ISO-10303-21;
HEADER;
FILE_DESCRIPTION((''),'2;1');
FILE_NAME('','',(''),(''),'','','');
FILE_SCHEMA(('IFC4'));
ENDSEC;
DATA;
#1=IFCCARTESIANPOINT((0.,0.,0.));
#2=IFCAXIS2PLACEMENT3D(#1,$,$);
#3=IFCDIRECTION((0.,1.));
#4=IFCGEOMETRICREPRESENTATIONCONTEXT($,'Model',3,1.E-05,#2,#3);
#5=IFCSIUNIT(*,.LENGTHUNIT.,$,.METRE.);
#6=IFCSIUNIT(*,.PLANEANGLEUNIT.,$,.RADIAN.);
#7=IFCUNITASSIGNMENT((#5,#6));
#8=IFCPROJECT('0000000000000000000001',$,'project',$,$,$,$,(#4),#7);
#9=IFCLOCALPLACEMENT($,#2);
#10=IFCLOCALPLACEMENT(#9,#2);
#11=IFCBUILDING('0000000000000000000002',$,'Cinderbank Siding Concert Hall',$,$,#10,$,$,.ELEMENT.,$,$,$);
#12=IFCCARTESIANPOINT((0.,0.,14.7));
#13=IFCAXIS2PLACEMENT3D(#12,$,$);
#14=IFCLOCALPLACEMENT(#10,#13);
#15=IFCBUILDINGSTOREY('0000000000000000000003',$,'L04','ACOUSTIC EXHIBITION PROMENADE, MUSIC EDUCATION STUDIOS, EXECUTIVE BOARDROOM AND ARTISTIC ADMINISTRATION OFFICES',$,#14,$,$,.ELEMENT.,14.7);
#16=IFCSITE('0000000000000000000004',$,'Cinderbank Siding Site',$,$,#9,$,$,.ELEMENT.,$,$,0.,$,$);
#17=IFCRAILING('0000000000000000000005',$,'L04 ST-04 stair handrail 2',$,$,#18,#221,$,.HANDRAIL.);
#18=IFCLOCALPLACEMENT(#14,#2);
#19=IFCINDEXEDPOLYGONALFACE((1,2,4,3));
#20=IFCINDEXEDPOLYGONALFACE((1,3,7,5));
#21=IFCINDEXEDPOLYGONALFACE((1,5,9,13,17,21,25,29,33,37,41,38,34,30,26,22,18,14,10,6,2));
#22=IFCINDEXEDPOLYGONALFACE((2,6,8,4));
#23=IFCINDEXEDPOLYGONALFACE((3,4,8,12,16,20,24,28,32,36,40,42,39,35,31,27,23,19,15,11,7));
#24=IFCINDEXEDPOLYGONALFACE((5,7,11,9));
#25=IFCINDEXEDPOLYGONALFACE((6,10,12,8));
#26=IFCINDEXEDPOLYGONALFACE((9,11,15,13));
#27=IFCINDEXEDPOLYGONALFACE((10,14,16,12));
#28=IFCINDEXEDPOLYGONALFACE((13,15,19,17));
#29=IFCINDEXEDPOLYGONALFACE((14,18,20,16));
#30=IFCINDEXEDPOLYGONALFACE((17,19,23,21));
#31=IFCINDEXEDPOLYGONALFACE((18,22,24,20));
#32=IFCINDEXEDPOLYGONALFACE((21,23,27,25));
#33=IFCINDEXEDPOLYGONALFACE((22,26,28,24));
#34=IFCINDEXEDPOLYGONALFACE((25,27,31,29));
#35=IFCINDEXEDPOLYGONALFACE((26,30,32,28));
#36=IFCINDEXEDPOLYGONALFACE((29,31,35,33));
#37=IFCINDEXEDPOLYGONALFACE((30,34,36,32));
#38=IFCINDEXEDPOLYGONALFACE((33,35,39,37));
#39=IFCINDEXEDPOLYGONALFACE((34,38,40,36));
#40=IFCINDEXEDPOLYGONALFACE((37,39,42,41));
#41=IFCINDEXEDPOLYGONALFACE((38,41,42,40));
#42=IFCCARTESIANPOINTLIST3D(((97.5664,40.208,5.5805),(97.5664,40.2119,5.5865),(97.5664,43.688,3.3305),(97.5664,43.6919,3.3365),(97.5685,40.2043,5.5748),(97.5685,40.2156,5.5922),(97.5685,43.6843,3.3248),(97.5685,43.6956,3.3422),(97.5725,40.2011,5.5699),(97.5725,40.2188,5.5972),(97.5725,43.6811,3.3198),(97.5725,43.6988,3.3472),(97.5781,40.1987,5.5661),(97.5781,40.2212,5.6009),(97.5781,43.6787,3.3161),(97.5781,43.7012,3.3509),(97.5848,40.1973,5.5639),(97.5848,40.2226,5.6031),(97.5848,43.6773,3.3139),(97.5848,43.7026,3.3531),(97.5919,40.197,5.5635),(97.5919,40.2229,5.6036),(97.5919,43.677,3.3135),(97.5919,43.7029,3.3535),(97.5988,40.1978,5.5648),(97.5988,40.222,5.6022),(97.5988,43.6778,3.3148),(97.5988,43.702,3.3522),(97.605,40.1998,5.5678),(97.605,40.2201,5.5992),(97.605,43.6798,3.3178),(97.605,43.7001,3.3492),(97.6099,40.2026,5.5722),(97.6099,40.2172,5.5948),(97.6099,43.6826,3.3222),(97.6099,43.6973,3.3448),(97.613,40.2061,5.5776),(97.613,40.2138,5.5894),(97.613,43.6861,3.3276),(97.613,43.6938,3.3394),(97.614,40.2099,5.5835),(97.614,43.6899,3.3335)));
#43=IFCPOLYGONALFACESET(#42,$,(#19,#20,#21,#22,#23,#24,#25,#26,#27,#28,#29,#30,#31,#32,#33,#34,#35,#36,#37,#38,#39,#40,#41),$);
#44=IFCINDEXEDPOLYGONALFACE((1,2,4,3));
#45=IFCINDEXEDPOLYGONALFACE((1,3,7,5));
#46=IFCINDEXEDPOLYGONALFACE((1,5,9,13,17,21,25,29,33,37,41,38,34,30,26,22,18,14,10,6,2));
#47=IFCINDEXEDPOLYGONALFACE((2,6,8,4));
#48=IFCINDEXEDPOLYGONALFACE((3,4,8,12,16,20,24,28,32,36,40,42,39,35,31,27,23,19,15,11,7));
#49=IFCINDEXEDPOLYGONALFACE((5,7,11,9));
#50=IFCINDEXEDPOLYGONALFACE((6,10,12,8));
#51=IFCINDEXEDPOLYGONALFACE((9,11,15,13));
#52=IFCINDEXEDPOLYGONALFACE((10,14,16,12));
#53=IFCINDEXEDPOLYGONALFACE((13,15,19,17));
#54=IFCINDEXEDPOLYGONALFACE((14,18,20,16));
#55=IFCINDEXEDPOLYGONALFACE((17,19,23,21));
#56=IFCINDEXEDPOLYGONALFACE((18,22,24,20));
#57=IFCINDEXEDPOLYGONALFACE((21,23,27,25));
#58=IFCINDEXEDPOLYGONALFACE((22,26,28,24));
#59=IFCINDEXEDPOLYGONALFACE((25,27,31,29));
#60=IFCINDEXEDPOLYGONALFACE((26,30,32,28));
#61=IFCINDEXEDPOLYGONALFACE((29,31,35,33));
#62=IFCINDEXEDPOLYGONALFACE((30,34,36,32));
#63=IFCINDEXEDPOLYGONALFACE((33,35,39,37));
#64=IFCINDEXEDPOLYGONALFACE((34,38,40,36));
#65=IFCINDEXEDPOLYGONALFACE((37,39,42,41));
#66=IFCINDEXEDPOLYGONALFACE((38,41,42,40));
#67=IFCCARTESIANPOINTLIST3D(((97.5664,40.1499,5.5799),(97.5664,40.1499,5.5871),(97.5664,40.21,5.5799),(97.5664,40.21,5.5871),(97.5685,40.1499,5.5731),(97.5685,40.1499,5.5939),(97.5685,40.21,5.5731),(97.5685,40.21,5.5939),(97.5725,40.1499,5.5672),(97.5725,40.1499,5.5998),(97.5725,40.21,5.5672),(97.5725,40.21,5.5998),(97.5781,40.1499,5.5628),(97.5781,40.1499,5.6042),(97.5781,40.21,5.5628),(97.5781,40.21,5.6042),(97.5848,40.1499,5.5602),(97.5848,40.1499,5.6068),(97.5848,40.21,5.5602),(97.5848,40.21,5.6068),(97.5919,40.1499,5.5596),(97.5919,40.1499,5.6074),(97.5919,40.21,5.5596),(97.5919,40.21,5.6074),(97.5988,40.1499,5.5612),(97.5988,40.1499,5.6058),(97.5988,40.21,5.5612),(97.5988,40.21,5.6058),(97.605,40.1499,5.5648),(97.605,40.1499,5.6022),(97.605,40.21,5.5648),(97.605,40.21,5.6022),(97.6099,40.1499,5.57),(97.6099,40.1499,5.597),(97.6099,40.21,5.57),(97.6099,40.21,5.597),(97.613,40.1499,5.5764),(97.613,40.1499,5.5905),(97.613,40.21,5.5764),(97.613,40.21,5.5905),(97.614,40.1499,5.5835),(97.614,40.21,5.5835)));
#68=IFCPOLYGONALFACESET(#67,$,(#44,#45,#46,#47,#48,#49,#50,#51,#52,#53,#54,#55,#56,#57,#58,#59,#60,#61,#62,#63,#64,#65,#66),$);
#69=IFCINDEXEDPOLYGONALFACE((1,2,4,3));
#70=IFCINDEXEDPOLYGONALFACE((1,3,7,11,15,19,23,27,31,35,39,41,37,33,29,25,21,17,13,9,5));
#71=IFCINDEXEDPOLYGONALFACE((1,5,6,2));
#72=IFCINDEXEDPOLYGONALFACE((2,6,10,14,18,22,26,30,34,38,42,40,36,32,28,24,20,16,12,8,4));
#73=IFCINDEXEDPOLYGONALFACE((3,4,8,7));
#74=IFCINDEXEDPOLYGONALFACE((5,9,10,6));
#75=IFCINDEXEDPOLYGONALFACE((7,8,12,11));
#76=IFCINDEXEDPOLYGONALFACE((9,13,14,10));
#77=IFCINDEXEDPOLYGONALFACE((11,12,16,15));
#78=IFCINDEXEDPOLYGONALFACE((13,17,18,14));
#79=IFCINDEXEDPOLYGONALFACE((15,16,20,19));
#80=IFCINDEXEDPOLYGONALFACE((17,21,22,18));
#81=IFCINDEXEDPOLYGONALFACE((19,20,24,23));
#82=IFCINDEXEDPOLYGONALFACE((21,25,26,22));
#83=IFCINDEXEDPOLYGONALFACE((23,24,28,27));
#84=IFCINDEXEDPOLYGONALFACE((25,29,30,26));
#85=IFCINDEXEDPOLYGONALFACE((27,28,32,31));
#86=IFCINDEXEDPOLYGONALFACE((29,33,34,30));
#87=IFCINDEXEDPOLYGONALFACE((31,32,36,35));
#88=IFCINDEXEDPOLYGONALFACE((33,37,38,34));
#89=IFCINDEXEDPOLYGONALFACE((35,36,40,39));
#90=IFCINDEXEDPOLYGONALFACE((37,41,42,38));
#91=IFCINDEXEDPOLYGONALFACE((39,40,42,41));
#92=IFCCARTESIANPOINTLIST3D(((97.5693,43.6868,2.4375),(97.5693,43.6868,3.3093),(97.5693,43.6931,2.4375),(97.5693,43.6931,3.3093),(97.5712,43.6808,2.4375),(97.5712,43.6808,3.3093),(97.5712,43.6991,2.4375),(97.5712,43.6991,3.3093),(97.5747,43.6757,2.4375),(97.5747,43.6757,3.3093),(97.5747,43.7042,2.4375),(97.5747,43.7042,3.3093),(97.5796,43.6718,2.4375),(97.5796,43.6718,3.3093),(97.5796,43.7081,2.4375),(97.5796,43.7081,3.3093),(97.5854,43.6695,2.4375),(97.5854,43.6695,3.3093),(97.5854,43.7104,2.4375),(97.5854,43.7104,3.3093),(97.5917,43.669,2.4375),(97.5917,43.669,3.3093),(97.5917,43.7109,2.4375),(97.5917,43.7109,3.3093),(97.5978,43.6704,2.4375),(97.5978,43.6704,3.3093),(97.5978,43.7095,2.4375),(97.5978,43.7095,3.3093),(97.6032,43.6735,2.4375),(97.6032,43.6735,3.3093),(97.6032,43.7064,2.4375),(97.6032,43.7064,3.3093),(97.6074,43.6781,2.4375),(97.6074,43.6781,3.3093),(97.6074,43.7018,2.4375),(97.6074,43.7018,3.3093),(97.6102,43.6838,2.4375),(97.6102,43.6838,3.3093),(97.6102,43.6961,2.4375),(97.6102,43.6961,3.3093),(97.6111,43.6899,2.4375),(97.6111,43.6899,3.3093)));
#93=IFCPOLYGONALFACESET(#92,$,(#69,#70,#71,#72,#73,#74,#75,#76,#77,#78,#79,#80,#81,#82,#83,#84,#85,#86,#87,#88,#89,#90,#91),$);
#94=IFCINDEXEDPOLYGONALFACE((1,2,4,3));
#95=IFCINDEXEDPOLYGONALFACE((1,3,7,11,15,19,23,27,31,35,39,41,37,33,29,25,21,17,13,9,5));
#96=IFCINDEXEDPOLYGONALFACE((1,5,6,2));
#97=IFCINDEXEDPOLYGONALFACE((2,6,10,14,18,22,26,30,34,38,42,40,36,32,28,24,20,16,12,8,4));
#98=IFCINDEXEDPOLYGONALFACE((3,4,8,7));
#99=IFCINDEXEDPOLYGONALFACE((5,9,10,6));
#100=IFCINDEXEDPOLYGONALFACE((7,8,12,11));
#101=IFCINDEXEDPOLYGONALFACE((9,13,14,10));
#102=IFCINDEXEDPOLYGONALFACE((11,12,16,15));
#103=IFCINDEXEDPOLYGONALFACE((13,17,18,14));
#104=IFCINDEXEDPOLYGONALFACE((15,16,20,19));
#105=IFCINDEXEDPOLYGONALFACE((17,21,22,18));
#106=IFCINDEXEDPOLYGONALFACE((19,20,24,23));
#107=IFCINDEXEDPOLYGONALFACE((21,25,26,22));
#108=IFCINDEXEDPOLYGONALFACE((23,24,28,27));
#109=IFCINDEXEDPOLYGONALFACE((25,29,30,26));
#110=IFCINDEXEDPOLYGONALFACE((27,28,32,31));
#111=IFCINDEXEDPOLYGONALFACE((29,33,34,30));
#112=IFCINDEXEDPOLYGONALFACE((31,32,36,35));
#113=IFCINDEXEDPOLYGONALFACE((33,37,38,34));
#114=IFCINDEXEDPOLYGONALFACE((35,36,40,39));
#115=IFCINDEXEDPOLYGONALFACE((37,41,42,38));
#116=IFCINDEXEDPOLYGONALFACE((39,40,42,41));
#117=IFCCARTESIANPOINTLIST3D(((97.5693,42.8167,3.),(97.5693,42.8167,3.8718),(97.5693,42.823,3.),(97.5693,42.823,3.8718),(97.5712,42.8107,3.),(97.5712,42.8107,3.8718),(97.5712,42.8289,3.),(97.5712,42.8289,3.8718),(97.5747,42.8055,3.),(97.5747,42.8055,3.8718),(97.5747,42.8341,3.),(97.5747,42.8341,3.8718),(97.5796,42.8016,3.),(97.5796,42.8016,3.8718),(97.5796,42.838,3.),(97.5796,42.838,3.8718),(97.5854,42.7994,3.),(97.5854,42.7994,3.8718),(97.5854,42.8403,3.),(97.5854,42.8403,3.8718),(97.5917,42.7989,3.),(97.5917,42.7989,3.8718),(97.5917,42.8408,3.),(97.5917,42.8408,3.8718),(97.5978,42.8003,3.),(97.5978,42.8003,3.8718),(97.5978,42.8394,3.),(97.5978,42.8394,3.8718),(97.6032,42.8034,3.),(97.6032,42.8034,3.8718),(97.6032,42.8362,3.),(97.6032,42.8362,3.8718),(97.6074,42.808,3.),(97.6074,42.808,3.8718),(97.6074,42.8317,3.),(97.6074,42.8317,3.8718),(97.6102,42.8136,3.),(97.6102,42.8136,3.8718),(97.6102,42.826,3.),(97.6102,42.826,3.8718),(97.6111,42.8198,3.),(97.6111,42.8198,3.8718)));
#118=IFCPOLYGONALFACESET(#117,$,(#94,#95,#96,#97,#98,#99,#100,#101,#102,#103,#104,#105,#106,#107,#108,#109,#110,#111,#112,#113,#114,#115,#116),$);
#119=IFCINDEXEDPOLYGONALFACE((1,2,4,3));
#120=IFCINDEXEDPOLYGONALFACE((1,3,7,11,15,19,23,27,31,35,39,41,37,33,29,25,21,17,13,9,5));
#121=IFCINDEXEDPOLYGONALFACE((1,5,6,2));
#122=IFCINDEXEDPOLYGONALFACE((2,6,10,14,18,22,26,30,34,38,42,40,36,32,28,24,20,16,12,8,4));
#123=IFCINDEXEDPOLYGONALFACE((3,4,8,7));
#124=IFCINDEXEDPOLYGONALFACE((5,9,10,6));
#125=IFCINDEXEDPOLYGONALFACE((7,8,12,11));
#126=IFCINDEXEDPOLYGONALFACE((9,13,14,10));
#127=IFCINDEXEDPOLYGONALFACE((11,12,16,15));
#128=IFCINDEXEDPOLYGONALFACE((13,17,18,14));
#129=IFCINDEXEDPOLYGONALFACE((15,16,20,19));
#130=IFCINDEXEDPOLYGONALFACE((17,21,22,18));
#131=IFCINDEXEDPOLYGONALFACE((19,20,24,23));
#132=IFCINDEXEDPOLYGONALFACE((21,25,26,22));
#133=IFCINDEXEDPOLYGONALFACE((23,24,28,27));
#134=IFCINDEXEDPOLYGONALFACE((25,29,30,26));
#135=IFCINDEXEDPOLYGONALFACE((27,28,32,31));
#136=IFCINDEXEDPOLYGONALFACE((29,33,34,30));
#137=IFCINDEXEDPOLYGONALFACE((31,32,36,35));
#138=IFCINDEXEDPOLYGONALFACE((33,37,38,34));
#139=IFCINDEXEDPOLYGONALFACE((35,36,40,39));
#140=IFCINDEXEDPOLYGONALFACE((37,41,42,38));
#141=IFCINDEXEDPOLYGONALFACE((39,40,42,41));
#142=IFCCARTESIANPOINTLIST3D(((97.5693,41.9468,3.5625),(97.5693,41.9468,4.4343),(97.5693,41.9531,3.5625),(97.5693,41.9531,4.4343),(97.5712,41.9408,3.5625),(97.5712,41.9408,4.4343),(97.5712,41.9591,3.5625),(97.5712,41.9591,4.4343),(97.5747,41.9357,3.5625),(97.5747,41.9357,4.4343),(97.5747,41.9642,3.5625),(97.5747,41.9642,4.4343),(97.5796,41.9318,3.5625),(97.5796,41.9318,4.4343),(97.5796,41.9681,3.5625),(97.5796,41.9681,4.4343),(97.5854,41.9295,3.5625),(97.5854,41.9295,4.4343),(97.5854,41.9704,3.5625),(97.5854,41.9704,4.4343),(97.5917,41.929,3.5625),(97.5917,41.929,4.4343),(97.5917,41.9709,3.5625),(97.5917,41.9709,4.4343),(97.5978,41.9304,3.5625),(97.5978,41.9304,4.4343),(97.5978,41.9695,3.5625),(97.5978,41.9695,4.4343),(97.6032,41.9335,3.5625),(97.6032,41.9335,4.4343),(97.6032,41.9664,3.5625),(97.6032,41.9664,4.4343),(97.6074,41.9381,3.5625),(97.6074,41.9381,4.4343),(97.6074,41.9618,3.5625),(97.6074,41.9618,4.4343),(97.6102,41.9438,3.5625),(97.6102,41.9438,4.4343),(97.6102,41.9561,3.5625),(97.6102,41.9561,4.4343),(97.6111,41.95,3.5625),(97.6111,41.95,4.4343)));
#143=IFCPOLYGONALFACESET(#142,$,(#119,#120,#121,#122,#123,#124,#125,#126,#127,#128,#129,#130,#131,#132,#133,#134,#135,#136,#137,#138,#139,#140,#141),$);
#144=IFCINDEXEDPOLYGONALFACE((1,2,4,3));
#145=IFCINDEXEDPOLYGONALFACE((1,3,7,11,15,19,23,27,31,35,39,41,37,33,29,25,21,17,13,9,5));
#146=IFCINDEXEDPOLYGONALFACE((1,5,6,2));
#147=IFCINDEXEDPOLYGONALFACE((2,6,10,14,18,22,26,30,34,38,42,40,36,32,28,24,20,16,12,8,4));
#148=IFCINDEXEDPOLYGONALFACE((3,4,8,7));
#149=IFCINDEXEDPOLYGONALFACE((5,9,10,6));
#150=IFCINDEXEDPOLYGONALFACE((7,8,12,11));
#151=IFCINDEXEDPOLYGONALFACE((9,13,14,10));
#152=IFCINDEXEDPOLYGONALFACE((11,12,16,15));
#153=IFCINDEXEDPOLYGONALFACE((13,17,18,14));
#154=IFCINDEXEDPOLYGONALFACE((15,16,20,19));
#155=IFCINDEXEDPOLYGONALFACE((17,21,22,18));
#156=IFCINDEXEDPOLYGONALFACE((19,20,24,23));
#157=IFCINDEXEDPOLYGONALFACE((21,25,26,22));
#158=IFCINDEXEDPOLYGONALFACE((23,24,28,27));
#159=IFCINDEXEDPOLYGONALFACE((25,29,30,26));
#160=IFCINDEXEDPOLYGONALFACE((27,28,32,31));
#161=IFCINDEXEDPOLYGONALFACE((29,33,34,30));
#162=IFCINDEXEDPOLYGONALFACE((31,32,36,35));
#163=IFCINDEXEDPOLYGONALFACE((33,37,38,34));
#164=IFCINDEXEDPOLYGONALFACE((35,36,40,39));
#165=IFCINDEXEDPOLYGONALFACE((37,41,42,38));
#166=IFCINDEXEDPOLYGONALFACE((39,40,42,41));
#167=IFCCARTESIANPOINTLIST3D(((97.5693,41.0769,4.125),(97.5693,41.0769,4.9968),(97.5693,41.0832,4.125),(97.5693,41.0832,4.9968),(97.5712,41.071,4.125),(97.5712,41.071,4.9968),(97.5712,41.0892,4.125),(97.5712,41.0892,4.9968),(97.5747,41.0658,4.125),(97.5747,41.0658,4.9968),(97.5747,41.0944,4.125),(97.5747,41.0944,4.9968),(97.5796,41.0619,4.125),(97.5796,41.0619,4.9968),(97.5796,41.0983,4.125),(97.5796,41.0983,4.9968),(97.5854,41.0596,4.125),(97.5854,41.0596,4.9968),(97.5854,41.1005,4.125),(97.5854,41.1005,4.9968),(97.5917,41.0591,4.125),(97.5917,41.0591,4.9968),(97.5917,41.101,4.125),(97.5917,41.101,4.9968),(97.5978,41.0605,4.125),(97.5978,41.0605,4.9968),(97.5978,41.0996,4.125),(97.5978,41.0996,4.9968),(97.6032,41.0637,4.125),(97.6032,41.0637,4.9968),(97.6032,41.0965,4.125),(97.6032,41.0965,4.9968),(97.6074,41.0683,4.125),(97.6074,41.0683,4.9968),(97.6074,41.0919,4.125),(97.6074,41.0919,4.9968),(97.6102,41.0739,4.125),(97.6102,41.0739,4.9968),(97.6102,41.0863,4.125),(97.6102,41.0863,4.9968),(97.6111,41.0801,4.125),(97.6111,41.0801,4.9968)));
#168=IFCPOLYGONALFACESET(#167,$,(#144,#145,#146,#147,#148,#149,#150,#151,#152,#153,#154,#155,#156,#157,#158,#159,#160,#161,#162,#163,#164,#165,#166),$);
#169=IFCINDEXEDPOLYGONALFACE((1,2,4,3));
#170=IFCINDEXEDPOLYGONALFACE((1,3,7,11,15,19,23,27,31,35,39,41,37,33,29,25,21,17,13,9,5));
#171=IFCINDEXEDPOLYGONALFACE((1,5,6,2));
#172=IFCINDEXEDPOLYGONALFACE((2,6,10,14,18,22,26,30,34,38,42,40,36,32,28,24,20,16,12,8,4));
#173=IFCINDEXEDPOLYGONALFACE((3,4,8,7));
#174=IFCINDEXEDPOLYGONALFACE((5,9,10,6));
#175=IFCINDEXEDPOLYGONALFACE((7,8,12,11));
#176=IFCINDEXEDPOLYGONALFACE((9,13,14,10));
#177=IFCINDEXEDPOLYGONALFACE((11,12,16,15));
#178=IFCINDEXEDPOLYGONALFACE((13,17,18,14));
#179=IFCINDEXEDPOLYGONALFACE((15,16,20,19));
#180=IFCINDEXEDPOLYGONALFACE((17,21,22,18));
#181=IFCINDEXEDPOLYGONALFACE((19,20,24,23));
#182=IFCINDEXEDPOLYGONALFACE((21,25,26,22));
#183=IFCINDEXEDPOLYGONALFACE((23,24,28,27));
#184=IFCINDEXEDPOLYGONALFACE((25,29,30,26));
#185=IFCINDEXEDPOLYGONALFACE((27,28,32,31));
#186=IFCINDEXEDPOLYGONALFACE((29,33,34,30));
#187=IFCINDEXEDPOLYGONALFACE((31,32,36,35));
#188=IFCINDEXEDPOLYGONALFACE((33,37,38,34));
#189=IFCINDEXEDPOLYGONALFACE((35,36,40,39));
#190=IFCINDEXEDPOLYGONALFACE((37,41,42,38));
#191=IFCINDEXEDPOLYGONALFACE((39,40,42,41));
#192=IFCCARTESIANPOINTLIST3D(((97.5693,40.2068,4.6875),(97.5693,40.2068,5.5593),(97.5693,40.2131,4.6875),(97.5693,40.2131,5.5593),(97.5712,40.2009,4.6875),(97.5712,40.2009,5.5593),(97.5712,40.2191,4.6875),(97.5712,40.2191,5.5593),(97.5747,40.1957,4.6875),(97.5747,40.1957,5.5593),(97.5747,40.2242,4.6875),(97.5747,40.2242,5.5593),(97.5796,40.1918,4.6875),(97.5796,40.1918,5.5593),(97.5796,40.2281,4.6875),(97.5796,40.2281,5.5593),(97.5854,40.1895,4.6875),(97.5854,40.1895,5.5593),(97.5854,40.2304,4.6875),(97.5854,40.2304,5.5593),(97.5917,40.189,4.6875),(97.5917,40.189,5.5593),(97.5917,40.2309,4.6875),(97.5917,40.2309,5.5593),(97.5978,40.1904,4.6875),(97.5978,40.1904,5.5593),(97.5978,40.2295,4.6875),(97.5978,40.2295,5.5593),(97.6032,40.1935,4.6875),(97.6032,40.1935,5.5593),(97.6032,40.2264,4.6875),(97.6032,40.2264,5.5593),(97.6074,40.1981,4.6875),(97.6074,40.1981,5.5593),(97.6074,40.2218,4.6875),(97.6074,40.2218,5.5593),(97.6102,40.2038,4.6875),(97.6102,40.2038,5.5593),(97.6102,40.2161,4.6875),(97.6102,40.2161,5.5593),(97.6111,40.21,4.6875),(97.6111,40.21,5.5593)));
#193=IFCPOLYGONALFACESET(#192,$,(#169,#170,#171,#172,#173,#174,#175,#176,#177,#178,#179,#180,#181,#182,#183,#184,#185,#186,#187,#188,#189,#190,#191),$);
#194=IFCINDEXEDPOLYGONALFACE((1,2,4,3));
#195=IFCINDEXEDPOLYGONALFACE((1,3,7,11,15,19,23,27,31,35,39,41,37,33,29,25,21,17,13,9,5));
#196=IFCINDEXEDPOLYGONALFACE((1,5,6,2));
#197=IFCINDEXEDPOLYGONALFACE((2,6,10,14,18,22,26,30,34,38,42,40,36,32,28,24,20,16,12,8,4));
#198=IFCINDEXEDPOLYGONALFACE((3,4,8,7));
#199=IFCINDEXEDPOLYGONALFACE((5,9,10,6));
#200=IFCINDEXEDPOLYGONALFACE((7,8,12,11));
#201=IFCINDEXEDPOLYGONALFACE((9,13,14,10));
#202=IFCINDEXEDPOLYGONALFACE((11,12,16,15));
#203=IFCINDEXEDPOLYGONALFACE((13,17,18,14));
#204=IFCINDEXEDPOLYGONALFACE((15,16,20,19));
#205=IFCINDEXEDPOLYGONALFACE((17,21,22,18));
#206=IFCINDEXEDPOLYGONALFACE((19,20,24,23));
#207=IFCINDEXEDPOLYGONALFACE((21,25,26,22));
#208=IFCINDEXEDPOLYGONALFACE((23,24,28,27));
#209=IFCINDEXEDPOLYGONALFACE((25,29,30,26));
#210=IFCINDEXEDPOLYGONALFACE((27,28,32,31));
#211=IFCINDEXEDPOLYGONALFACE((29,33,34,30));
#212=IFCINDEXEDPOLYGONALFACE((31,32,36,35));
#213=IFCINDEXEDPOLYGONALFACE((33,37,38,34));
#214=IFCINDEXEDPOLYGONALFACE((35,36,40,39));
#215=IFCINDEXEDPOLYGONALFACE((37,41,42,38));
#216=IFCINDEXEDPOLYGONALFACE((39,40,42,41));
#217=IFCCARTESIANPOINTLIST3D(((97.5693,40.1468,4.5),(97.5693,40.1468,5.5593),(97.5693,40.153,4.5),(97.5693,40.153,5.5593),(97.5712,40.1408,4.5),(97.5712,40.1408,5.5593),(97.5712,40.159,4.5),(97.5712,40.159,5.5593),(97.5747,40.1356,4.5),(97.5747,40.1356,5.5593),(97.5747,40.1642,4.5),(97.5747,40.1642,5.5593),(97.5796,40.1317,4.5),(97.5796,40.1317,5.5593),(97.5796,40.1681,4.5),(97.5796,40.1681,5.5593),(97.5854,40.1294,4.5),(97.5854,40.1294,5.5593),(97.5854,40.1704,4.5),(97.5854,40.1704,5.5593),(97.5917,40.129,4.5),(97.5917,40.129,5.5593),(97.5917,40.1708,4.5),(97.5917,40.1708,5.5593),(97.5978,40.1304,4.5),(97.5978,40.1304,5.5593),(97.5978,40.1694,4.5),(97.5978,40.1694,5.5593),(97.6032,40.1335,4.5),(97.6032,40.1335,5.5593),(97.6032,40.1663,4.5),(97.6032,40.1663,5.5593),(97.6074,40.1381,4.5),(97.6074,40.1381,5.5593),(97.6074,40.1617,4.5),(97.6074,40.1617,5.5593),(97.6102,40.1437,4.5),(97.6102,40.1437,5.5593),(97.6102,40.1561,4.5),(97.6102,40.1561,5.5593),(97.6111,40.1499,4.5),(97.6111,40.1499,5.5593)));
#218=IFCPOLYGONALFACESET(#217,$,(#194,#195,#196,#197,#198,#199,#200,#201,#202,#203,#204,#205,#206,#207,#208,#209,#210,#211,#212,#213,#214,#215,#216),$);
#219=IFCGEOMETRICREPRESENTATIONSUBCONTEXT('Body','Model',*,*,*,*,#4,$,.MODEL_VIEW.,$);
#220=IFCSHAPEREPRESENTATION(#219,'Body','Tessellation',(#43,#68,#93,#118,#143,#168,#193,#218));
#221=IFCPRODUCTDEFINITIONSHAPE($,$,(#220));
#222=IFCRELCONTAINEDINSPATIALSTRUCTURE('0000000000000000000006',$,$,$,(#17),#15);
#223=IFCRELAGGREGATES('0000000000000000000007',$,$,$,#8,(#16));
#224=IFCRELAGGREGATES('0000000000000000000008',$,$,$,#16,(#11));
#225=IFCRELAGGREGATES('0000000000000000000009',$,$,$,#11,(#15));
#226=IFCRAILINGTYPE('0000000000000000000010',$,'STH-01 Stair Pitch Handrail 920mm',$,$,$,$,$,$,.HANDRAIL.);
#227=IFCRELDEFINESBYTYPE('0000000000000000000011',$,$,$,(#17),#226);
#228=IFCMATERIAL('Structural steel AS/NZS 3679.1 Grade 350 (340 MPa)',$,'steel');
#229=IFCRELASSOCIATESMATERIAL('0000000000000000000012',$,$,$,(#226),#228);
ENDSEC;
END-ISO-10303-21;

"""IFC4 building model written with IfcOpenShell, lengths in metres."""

from ifc_helpers import new_model, si_unit, direction, frame, origin, origin_2d, place, context, subcontext, project, spatial, circle, extrude, material, type_object, element, save


model = new_model("IFC4")

# Units and contexts
model_context = context("Model", 3, precision=1e-05, world=origin(), true_north=direction((0.0, 1.0)))
body_context = subcontext(model_context, "Body", "Model", "MODEL_VIEW")
ifc_project = project(units=[si_unit("LENGTHUNIT", "METRE"), si_unit("PLANEANGLEUNIT", "RADIAN")], contexts=[model_context])

# Site, building, storey
site_placement = place(None, origin())
site = spatial("IfcSite", under=ifc_project, at=site_placement, Name="Cinderbank Siding Site", CompositionType="ELEMENT", RefElevation=0.0)
building_placement = place(site_placement, origin())
building = spatial("IfcBuilding", under=site, at=building_placement, Name="Cinderbank Siding Concert Hall", CompositionType="ELEMENT")
storey_placement = place(building_placement, frame((0.0, 0.0, 14.7)))
storey = spatial("IfcBuildingStorey", under=building, at=storey_placement, Name="L04", Description="ACOUSTIC EXHIBITION PROMENADE, MUSIC EDUCATION STUDIOS, EXECUTIVE BOARDROOM AND ARTISTIC ADMINISTRATION OFFICES", CompositionType="ELEMENT", Elevation=14.7)

# Shared definitions
ifc_material_1 = material(Name="Structural steel AS/NZS 3679.1 Grade 350 (340 MPa)", Category="steel")

# Railing
railing_type_1 = type_object("IfcRailingType", Name="STH-01 Stair Pitch Handrail 920mm", PredefinedType="HANDRAIL", material=ifc_material_1)
railing_1_placement = place(storey_placement, frame((97.5901, 43.6899, 2.4375)))
element("IfcRailing", 1, at=railing_1_placement, inside=storey, type_object=railing_type_1, Name="L04 ST-04 stair handrail 2", PredefinedType="HANDRAIL", context=body_context, shape_type="SweptSolid", body=[
    extrude(circle(Radius=0.0239, at=origin_2d()), frame((0.0, 0.0, 0.896), z_axis=(0.0, -0.839763, 0.542953), x_axis=(1.0, 0.0, 0.0)), (0.0, 0.0, 1.0), 4.144),
    extrude(circle(Radius=0.0239, at=origin_2d()), frame((0.0, -3.48, 3.146), z_axis=(0.0, -1.0, 0.0), x_axis=(1.0, 0.0, 0.0)), (0.0, 0.0, 1.0), 0.0601),
    extrude(circle(Radius=0.021, at=origin_2d()), origin(), (0.0, 0.0, 1.0), 0.8718),
    extrude(circle(Radius=0.021, at=origin_2d()), frame((0.0, -0.8701, 0.5625)), (0.0, 0.0, 1.0), 0.8718),
    extrude(circle(Radius=0.021, at=origin_2d()), frame((0.0, -1.74, 1.125)), (0.0, 0.0, 1.0), 0.8718),
    extrude(circle(Radius=0.021, at=origin_2d()), frame((0.0, -2.6099, 1.6875)), (0.0, 0.0, 1.0), 0.8718),
    extrude(circle(Radius=0.021, at=origin_2d()), frame((0.0, -3.48, 2.25)), (0.0, 0.0, 1.0), 0.8718),
    extrude(circle(Radius=0.021, at=origin_2d()), frame((0.0, -3.54, 2.0625)), (0.0, 0.0, 1.0), 1.0593),
])

save(model, "model.ifc")
